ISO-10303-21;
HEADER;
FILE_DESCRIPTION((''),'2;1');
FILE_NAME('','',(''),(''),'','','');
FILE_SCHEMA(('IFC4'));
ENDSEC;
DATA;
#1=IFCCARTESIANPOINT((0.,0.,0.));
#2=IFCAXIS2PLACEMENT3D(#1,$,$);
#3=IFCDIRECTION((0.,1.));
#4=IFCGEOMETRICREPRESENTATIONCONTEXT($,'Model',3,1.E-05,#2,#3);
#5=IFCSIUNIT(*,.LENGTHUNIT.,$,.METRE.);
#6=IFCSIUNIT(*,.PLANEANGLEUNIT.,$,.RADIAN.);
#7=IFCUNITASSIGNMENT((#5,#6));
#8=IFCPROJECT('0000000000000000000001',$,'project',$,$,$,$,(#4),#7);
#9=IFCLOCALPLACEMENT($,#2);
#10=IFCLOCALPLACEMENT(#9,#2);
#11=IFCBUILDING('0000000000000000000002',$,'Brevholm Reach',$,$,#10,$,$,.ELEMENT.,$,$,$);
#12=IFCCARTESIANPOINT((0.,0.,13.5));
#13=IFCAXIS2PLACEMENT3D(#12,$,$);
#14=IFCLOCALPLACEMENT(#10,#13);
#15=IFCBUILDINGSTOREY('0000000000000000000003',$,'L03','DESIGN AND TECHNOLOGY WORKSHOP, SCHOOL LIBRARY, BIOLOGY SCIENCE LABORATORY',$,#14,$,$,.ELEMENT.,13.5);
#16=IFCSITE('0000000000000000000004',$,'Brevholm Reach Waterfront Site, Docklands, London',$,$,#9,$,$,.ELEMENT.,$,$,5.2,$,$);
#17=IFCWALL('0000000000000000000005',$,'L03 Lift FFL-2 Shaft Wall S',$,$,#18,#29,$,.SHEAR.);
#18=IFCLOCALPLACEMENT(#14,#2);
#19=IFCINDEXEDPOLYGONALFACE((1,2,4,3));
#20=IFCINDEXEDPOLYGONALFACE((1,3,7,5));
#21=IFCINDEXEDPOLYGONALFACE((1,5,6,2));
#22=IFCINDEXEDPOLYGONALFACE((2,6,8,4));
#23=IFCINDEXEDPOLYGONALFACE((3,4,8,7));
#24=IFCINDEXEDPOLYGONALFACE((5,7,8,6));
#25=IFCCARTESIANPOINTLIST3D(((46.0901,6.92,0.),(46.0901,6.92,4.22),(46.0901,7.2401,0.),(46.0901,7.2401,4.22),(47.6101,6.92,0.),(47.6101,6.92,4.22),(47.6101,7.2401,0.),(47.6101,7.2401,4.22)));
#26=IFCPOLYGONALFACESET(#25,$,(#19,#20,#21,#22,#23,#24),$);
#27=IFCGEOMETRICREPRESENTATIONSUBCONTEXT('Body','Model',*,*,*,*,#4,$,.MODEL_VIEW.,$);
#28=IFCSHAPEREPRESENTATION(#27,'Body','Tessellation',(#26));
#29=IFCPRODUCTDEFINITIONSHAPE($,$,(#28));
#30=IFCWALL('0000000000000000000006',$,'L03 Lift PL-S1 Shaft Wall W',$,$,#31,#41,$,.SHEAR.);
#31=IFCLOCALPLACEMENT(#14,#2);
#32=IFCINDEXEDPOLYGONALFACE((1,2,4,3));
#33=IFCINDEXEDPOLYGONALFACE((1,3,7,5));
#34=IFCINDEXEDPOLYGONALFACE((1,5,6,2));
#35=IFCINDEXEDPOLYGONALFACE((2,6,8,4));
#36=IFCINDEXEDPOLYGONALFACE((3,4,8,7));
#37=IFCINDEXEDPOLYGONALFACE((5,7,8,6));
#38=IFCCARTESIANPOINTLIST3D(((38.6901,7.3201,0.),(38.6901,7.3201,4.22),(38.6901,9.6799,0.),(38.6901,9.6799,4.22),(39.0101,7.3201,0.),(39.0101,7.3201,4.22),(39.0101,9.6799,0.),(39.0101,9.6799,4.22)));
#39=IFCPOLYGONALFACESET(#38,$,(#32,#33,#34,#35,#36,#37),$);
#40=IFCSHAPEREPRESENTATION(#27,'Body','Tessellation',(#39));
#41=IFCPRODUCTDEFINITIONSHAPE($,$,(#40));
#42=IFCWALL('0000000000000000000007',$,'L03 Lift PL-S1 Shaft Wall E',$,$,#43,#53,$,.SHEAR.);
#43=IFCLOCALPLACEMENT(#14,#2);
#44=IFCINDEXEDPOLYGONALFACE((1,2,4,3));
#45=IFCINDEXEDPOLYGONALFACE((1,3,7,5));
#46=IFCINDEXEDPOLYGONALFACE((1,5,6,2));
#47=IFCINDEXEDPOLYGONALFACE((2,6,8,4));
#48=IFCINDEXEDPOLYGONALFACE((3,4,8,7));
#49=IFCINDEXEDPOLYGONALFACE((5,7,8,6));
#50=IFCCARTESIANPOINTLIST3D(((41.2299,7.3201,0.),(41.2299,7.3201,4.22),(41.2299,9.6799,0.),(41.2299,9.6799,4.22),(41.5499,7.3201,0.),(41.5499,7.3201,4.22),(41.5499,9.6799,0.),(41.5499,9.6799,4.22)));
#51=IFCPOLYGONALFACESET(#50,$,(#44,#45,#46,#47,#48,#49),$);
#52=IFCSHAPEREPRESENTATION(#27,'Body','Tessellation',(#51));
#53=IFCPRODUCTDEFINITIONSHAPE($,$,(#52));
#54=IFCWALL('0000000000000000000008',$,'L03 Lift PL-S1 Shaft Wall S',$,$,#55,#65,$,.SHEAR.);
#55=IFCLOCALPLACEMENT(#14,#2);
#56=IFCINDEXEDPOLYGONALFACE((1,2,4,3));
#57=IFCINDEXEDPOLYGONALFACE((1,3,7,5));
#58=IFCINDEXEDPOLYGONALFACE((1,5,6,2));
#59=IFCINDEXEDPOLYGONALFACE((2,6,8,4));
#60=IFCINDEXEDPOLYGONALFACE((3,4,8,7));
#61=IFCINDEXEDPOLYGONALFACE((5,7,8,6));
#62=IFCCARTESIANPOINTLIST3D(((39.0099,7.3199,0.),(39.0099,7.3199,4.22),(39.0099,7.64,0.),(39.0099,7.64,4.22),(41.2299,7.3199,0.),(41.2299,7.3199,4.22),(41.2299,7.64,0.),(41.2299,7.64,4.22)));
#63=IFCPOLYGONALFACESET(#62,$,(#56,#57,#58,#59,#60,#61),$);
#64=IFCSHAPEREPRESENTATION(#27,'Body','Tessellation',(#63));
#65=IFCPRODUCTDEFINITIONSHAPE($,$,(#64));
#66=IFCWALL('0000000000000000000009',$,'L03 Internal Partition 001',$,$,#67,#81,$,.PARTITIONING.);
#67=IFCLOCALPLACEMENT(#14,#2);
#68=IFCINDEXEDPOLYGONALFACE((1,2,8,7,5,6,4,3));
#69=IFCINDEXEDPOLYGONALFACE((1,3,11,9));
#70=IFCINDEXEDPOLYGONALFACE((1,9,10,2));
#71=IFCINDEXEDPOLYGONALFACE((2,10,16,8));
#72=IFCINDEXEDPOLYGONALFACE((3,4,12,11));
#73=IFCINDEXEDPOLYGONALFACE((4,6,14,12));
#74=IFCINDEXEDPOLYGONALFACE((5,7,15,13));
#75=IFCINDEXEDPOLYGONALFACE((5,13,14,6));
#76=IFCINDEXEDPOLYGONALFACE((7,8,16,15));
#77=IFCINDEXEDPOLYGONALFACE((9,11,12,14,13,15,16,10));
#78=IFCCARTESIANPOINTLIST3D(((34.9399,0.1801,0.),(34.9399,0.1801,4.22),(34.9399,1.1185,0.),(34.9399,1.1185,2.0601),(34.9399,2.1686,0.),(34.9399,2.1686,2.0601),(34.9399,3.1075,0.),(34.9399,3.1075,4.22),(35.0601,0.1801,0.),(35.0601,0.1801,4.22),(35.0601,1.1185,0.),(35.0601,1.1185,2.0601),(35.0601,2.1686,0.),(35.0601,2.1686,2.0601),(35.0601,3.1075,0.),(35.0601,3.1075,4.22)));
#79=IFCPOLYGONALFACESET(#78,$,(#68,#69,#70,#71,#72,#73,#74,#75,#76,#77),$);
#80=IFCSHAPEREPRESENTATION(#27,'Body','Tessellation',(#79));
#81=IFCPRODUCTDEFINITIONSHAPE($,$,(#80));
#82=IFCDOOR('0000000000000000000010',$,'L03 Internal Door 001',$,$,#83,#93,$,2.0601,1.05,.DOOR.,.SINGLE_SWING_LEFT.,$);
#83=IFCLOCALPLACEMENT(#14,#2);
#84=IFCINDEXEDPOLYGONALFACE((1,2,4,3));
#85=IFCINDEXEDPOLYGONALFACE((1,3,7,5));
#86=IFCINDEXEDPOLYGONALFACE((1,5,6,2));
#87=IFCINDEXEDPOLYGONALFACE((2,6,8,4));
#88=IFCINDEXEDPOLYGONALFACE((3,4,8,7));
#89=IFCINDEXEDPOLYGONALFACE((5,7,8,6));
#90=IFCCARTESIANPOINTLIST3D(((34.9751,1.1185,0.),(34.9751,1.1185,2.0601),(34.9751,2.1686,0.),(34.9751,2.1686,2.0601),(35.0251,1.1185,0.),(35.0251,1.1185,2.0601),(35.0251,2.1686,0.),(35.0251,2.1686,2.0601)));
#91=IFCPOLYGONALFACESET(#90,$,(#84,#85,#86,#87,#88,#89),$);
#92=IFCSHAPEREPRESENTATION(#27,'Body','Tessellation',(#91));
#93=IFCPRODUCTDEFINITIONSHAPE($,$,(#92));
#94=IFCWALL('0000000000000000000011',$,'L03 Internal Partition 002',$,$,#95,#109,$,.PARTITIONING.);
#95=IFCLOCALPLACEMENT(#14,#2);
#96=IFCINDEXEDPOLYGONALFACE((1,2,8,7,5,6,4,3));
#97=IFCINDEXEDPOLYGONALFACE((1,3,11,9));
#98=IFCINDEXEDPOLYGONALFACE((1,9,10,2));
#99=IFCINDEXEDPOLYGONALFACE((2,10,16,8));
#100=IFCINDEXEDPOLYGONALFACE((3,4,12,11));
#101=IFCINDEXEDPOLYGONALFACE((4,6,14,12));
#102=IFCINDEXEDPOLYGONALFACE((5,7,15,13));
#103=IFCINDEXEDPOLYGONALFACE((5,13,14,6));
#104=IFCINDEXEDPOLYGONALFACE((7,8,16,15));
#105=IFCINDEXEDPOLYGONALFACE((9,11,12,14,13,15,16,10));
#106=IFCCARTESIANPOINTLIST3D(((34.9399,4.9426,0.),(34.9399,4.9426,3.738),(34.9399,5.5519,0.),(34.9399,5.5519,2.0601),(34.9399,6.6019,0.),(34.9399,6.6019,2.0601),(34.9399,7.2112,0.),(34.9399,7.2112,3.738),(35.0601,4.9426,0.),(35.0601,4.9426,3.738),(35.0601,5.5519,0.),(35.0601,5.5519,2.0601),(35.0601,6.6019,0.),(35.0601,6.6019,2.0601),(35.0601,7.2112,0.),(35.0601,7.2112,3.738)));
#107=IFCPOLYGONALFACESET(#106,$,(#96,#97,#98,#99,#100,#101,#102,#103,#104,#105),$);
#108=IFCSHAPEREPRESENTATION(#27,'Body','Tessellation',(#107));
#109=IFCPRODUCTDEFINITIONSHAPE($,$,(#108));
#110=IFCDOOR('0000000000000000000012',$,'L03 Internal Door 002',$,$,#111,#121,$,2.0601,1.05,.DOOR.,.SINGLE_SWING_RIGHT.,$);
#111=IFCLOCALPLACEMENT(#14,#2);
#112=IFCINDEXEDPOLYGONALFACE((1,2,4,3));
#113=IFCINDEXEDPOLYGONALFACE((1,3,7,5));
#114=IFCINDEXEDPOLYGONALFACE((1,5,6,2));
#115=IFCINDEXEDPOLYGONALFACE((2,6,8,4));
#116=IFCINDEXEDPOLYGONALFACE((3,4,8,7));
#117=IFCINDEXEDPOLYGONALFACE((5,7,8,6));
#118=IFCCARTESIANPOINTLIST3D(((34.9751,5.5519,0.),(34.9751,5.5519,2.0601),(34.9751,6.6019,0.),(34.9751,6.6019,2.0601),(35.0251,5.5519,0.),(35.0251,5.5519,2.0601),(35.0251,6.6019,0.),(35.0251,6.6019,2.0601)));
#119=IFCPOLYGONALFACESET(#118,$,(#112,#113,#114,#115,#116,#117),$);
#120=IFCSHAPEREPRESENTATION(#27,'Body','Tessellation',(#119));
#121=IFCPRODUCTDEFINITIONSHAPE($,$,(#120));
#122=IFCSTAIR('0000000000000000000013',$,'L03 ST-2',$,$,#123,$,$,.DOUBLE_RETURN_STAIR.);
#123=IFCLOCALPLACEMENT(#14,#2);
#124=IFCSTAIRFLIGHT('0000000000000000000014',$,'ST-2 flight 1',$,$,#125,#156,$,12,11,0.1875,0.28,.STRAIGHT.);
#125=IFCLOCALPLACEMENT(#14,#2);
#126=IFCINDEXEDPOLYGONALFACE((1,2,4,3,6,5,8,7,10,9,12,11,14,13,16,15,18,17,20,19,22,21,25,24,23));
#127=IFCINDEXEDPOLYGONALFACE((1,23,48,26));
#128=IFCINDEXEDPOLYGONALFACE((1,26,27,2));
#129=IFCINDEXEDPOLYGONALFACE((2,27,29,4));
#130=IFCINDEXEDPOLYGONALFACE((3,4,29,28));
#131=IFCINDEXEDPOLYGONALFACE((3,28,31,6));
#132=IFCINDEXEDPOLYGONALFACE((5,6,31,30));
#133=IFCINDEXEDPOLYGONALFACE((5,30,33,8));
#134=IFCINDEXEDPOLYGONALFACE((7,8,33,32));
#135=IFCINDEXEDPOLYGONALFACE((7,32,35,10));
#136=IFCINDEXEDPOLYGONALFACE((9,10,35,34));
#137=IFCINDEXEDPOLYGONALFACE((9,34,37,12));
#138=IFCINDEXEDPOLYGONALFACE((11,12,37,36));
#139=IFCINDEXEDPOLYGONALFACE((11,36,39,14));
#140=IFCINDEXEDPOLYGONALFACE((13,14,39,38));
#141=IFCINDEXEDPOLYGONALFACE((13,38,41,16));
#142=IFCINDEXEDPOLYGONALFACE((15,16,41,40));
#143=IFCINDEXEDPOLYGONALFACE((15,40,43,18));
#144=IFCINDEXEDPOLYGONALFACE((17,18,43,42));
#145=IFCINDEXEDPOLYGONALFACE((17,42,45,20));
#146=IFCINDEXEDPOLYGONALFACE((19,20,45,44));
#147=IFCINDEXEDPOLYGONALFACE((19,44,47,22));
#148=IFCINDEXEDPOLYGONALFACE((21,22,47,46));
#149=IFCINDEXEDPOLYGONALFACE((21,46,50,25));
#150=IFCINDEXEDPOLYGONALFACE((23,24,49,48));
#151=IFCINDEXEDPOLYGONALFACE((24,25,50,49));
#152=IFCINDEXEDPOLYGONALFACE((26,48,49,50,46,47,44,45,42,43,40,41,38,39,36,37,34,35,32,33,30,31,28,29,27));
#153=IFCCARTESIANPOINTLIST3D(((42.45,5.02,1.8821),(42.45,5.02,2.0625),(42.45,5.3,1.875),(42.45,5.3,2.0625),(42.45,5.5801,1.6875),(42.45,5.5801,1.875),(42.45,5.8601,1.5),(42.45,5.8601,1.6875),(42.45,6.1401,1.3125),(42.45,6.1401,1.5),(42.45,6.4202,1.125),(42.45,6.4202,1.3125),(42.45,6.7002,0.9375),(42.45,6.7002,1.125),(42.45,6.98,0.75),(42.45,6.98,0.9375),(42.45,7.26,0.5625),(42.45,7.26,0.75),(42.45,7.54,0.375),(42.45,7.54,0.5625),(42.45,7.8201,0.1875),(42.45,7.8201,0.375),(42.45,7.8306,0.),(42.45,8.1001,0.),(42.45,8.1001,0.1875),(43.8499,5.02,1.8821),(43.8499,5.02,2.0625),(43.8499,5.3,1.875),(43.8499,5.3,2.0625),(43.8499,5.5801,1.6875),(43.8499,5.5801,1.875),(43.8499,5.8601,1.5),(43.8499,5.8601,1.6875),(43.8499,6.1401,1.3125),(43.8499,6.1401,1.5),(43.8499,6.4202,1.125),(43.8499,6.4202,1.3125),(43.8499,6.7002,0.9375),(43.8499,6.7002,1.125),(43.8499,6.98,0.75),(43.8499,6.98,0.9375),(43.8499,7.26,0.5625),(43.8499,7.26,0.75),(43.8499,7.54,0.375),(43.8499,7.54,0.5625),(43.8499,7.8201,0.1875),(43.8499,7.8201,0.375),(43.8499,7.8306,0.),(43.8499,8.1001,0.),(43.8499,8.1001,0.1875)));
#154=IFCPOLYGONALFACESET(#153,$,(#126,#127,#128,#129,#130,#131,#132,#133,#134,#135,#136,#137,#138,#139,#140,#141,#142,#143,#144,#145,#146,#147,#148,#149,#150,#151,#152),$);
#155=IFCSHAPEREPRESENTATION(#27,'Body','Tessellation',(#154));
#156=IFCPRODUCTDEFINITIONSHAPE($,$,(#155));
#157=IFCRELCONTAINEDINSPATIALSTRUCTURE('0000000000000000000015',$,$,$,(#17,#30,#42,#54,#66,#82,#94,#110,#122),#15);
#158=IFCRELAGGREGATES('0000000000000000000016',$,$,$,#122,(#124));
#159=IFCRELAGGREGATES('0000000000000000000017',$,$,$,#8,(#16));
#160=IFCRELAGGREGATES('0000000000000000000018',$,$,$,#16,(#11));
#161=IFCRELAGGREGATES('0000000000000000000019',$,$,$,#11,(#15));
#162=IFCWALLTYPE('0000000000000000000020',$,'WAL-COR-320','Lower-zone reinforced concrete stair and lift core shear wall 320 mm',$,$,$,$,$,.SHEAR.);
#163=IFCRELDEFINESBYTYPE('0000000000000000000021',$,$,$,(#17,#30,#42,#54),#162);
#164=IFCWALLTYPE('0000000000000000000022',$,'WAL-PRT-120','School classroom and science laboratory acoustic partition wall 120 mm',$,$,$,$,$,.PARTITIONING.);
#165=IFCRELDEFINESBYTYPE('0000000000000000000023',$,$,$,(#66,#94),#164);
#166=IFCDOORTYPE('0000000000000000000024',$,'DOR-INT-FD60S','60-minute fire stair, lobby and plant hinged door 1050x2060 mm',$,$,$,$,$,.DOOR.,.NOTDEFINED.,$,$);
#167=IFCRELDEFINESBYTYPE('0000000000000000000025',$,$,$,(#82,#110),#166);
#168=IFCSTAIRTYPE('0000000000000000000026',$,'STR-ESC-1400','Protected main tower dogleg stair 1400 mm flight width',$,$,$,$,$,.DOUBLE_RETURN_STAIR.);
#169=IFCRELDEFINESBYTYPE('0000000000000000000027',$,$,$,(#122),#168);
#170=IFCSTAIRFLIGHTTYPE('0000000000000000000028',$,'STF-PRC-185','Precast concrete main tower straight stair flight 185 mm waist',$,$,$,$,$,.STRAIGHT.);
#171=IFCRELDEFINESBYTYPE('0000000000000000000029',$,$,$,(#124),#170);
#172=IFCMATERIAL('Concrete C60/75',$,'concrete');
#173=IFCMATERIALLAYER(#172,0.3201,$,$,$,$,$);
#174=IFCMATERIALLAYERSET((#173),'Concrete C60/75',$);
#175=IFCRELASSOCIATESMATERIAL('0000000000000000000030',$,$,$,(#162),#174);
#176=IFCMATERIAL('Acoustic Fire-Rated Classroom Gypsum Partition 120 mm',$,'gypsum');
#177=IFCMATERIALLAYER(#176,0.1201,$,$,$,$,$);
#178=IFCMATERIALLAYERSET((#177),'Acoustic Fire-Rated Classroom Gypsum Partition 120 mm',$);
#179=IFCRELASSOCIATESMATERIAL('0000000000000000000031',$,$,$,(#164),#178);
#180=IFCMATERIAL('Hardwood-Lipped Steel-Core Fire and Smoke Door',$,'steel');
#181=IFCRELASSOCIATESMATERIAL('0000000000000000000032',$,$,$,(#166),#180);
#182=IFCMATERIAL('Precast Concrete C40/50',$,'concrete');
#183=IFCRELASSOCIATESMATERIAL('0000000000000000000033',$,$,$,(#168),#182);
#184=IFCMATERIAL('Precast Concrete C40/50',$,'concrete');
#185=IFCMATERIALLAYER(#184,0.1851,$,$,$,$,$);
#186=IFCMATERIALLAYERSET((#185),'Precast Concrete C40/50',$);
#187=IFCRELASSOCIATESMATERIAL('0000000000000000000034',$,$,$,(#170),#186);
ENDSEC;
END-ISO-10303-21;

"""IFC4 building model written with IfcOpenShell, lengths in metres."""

from ifc_helpers import new_model, si_unit, direction, frame, frame_2d, origin, place, context, subcontext, project, spatial, polyline, rectangle, outline, extrude, material, layer, layer_set, type_object, element, fill, aggregate, save


model = new_model("IFC4")

# Units and contexts
model_context = context("Model", 3, precision=1e-05, world=origin(), true_north=direction((0.0, 1.0)))
body_context = subcontext(model_context, "Body", "Model", "MODEL_VIEW")
ifc_project = project(units=[si_unit("LENGTHUNIT", "METRE"), si_unit("PLANEANGLEUNIT", "RADIAN")], contexts=[model_context])

# Site, building, storey
site_placement = place(None, origin())
site = spatial("IfcSite", under=ifc_project, at=site_placement, Name="Brevholm Reach Waterfront Site, Docklands, London", CompositionType="ELEMENT", RefElevation=5.2)
building_placement = place(site_placement, origin())
building = spatial("IfcBuilding", under=site, at=building_placement, Name="Brevholm Reach", CompositionType="ELEMENT")
storey_placement = place(building_placement, frame((0.0, 0.0, 13.5)))
storey = spatial("IfcBuildingStorey", under=building, at=storey_placement, Name="L03", Description="DESIGN AND TECHNOLOGY WORKSHOP, SCHOOL LIBRARY, BIOLOGY SCIENCE LABORATORY", CompositionType="ELEMENT", Elevation=13.5)

# Walls
ifc_material_1 = material(Name="Concrete C60/75", Category="concrete")
ifc_layer_1 = layer(ifc_material_1, 0.3201)
ifc_layer_set_1 = layer_set([ifc_layer_1], Name="Concrete C60/75")
wall_type_1 = type_object("IfcWallType", Name="WAL-COR-320", Description="Lower-zone reinforced concrete stair and lift core shear wall 320 mm", PredefinedType="SHEAR", material=ifc_layer_set_1)
wall_1_placement = place(storey_placement, frame((46.0901, 7.0801, 0.0), z_axis=(0.0, 0.0, 1.0), x_axis=(1.0, 0.0, 0.0)))
element("IfcWall", 1, at=wall_1_placement, inside=storey, type_object=wall_type_1, Name="L03 Lift FFL-2 Shaft Wall S", PredefinedType="SHEAR", context=body_context, shape_type="SweptSolid", body=[
    extrude(rectangle(XDim=1.52, YDim=0.3201, at=frame_2d((0.76, 0.0))), origin(), (0.0, 0.0, 1.0), 4.22),
])
for number, where, z_axis, x_axis, name in (
    (2, (38.8501, 7.3201, 0.0), (0.0, 0.0, 1.0), (0.0, 1.0, 0.0), "L03 Lift PL-S1 Shaft Wall W"),
    (3, (41.3899, 7.3201, 0.0), (0.0, 0.0, 1.0), (0.0, 1.0, 0.0), "L03 Lift PL-S1 Shaft Wall E"),
):
    element("IfcWall", number, at=place(storey_placement, frame(where, z_axis=z_axis, x_axis=x_axis)), inside=storey, type_object=wall_type_1, Name=name, PredefinedType="SHEAR", context=body_context, shape_type="SweptSolid", body=[
        extrude(rectangle(XDim=2.3599, YDim=0.3201, at=frame_2d((1.1799, 0.0))), origin(), (0.0, 0.0, 1.0), 4.22),
    ])
wall_2_placement = place(storey_placement, frame((39.01, 7.48, 0.0), z_axis=(0.0, 0.0, 1.0), x_axis=(1.0, 0.0, 0.0)))
element("IfcWall", 4, at=wall_2_placement, inside=storey, type_object=wall_type_1, Name="L03 Lift PL-S1 Shaft Wall S", PredefinedType="SHEAR", context=body_context, shape_type="SweptSolid", body=[
    extrude(rectangle(XDim=2.22, YDim=0.3201, at=frame_2d((1.1099, 0.0))), origin(), (0.0, 0.0, 1.0), 4.22),
])

# Walls, openings, doors
ifc_material_2 = material(Name="Acoustic Fire-Rated Classroom Gypsum Partition 120 mm", Category="gypsum")
ifc_layer_2 = layer(ifc_material_2, 0.1201)
ifc_layer_set_2 = layer_set([ifc_layer_2], Name="Acoustic Fire-Rated Classroom Gypsum Partition 120 mm")
wall_type_2 = type_object("IfcWallType", Name="WAL-PRT-120", Description="School classroom and science laboratory acoustic partition wall 120 mm", PredefinedType="PARTITIONING", material=ifc_layer_set_2)
wall_3_placement = place(storey_placement, frame((35.0, 0.1799, 0.0), z_axis=(0.0, 0.0, 1.0), x_axis=(0.0, 1.0, 0.0)))
wall_3 = element("IfcWall", 5, at=wall_3_placement, inside=storey, type_object=wall_type_2, Name="L03 Internal Partition 001", PredefinedType="PARTITIONING", context=body_context, shape_type="SweptSolid", body=[
    extrude(rectangle(XDim=2.9275, YDim=0.1201, at=frame_2d((1.4639, 0.0))), origin(), (0.0, 0.0, 1.0), 4.22),
])
opening_1_placement = place(wall_3_placement, frame((0.9387, 0.0, 0.0)))
opening_1 = element("IfcOpeningElement", 6, at=opening_1_placement, cuts=wall_3, PredefinedType="OPENING", context=body_context, shape_type="SweptSolid", body=[
    extrude(rectangle(XDim=1.05, YDim=2.0601, at=frame_2d((0.5249, 1.03))), frame((0.0, 0.0701, 0.0), z_axis=(0.0, -1.0, 0.0), x_axis=(1.0, 0.0, 0.0)), (0.0, 0.0, 1.0), 0.1401),
])
ifc_material_3 = material(Name="Hardwood-Lipped Steel-Core Fire and Smoke Door", Category="steel")
door_type = type_object("IfcDoorType", Name="DOR-INT-FD60S", Description="60-minute fire stair, lobby and plant hinged door 1050x2060 mm", OperationType="NOTDEFINED", PredefinedType="DOOR", material=ifc_material_3)
door_1_placement = place(opening_1_placement, origin())
door_1 = element("IfcDoor", 7, at=door_1_placement, inside=storey, type_object=door_type, Name="L03 Internal Door 001", OperationType="SINGLE_SWING_LEFT", OverallHeight=2.0601, OverallWidth=1.05, PredefinedType="DOOR", context=body_context, shape_type="SweptSolid", body=[
    extrude(rectangle(XDim=1.05, YDim=2.0601, at=frame_2d((0.5249, 1.03))), frame((0.0, 0.0249, 0.0), z_axis=(0.0, -1.0, 0.0), x_axis=(1.0, 0.0, 0.0)), (0.0, 0.0, 1.0), 0.05),
])
fill(opening_1, door_1)
wall_4_placement = place(storey_placement, frame((35.0, 4.9426, 0.0), z_axis=(0.0, 0.0, 1.0), x_axis=(0.0, 1.0, 0.0)))
wall_4 = element("IfcWall", 8, at=wall_4_placement, inside=storey, type_object=wall_type_2, Name="L03 Internal Partition 002", PredefinedType="PARTITIONING", context=body_context, shape_type="SweptSolid", body=[
    extrude(rectangle(XDim=2.2686, YDim=0.1201, at=frame_2d((1.1343, 0.0))), origin(), (0.0, 0.0, 1.0), 3.738),
])
opening_2_placement = place(wall_4_placement, frame((0.6094, 0.0, 0.0)))
opening_2 = element("IfcOpeningElement", 9, at=opening_2_placement, cuts=wall_4, PredefinedType="OPENING", context=body_context, shape_type="SweptSolid", body=[
    extrude(rectangle(XDim=1.05, YDim=2.0601, at=frame_2d((0.5249, 1.03))), frame((0.0, 0.0701, 0.0), z_axis=(0.0, -1.0, 0.0), x_axis=(1.0, 0.0, 0.0)), (0.0, 0.0, 1.0), 0.1401),
])
door_2_placement = place(opening_2_placement, origin())
door_2 = element("IfcDoor", 10, at=door_2_placement, inside=storey, type_object=door_type, Name="L03 Internal Door 002", OperationType="SINGLE_SWING_RIGHT", OverallHeight=2.0601, OverallWidth=1.05, PredefinedType="DOOR", context=body_context, shape_type="SweptSolid", body=[
    extrude(rectangle(XDim=1.05, YDim=2.0601, at=frame_2d((0.5249, 1.03))), frame((0.0, 0.0249, 0.0), z_axis=(0.0, -1.0, 0.0), x_axis=(1.0, 0.0, 0.0)), (0.0, 0.0, 1.0), 0.05),
])
fill(opening_2, door_2)

# Stair, stair flight
ifc_material_4 = material(Name="Precast Concrete C40/50", Category="concrete")
stair_type = type_object("IfcStairType", Name="STR-ESC-1400", Description="Protected main tower dogleg stair 1400 mm flight width", PredefinedType="DOUBLE_RETURN_STAIR", material=ifc_material_4)
stair_placement = place(storey_placement, origin())
stair = element("IfcStair", 11, at=stair_placement, inside=storey, type_object=stair_type, Name="L03 ST-2", PredefinedType="DOUBLE_RETURN_STAIR")
ifc_material_5 = material(Name="Precast Concrete C40/50", Category="concrete")
ifc_layer_3 = layer(ifc_material_5, 0.1851)
ifc_layer_set_3 = layer_set([ifc_layer_3], Name="Precast Concrete C40/50")
stair_flight_type = type_object("IfcStairFlightType", Name="STF-PRC-185", Description="Precast concrete main tower straight stair flight 185 mm waist", PredefinedType="STRAIGHT", material=ifc_layer_set_3)
stair_flight_1_placement = place(storey_placement, frame((43.1499, 8.1001, 0.0), z_axis=(0.0, 0.0, 1.0), x_axis=(0.0, -1.0, 0.0)))
stair_flight_1 = element("IfcStairFlight", 12, at=stair_flight_1_placement, type_object=stair_flight_type, Name="ST-2 flight 1", NumberOfRisers=12, NumberOfTreads=11, PredefinedType="STRAIGHT", RiserHeight=0.1875, TreadLength=0.28, context=body_context, shape_type="SweptSolid", body=[
    extrude(outline(polyline([(0.0, 0.0), (0.0, 0.1875), (0.28, 0.1875), (0.28, 0.375), (0.5601, 0.375), (0.5601, 0.5625), (0.8401, 0.5625), (0.8401, 0.75), (1.1201, 0.75), (1.1201, 0.9375), (1.3999, 0.9375), (1.3999, 1.125), (1.6799, 1.125), (1.6799, 1.3125), (1.96, 1.3125), (1.96, 1.5), (2.24, 1.5), (2.24, 1.6875), (2.52, 1.6875), (2.52, 1.875), (2.8, 1.875), (2.8, 2.0625), (3.0801, 2.0625), (3.0801, 2.25), (3.0801, 1.8821), (0.2695, 0.0), (0.0, 0.0)])), frame((0.0, 0.7, 0.0), z_axis=(0.0, -1.0, 0.0), x_axis=(1.0, 0.0, 0.0)), (0.0, 0.0, 1.0), 1.3999),
])
aggregate(stair, [stair_flight_1])

save(model, "model.ifc")
